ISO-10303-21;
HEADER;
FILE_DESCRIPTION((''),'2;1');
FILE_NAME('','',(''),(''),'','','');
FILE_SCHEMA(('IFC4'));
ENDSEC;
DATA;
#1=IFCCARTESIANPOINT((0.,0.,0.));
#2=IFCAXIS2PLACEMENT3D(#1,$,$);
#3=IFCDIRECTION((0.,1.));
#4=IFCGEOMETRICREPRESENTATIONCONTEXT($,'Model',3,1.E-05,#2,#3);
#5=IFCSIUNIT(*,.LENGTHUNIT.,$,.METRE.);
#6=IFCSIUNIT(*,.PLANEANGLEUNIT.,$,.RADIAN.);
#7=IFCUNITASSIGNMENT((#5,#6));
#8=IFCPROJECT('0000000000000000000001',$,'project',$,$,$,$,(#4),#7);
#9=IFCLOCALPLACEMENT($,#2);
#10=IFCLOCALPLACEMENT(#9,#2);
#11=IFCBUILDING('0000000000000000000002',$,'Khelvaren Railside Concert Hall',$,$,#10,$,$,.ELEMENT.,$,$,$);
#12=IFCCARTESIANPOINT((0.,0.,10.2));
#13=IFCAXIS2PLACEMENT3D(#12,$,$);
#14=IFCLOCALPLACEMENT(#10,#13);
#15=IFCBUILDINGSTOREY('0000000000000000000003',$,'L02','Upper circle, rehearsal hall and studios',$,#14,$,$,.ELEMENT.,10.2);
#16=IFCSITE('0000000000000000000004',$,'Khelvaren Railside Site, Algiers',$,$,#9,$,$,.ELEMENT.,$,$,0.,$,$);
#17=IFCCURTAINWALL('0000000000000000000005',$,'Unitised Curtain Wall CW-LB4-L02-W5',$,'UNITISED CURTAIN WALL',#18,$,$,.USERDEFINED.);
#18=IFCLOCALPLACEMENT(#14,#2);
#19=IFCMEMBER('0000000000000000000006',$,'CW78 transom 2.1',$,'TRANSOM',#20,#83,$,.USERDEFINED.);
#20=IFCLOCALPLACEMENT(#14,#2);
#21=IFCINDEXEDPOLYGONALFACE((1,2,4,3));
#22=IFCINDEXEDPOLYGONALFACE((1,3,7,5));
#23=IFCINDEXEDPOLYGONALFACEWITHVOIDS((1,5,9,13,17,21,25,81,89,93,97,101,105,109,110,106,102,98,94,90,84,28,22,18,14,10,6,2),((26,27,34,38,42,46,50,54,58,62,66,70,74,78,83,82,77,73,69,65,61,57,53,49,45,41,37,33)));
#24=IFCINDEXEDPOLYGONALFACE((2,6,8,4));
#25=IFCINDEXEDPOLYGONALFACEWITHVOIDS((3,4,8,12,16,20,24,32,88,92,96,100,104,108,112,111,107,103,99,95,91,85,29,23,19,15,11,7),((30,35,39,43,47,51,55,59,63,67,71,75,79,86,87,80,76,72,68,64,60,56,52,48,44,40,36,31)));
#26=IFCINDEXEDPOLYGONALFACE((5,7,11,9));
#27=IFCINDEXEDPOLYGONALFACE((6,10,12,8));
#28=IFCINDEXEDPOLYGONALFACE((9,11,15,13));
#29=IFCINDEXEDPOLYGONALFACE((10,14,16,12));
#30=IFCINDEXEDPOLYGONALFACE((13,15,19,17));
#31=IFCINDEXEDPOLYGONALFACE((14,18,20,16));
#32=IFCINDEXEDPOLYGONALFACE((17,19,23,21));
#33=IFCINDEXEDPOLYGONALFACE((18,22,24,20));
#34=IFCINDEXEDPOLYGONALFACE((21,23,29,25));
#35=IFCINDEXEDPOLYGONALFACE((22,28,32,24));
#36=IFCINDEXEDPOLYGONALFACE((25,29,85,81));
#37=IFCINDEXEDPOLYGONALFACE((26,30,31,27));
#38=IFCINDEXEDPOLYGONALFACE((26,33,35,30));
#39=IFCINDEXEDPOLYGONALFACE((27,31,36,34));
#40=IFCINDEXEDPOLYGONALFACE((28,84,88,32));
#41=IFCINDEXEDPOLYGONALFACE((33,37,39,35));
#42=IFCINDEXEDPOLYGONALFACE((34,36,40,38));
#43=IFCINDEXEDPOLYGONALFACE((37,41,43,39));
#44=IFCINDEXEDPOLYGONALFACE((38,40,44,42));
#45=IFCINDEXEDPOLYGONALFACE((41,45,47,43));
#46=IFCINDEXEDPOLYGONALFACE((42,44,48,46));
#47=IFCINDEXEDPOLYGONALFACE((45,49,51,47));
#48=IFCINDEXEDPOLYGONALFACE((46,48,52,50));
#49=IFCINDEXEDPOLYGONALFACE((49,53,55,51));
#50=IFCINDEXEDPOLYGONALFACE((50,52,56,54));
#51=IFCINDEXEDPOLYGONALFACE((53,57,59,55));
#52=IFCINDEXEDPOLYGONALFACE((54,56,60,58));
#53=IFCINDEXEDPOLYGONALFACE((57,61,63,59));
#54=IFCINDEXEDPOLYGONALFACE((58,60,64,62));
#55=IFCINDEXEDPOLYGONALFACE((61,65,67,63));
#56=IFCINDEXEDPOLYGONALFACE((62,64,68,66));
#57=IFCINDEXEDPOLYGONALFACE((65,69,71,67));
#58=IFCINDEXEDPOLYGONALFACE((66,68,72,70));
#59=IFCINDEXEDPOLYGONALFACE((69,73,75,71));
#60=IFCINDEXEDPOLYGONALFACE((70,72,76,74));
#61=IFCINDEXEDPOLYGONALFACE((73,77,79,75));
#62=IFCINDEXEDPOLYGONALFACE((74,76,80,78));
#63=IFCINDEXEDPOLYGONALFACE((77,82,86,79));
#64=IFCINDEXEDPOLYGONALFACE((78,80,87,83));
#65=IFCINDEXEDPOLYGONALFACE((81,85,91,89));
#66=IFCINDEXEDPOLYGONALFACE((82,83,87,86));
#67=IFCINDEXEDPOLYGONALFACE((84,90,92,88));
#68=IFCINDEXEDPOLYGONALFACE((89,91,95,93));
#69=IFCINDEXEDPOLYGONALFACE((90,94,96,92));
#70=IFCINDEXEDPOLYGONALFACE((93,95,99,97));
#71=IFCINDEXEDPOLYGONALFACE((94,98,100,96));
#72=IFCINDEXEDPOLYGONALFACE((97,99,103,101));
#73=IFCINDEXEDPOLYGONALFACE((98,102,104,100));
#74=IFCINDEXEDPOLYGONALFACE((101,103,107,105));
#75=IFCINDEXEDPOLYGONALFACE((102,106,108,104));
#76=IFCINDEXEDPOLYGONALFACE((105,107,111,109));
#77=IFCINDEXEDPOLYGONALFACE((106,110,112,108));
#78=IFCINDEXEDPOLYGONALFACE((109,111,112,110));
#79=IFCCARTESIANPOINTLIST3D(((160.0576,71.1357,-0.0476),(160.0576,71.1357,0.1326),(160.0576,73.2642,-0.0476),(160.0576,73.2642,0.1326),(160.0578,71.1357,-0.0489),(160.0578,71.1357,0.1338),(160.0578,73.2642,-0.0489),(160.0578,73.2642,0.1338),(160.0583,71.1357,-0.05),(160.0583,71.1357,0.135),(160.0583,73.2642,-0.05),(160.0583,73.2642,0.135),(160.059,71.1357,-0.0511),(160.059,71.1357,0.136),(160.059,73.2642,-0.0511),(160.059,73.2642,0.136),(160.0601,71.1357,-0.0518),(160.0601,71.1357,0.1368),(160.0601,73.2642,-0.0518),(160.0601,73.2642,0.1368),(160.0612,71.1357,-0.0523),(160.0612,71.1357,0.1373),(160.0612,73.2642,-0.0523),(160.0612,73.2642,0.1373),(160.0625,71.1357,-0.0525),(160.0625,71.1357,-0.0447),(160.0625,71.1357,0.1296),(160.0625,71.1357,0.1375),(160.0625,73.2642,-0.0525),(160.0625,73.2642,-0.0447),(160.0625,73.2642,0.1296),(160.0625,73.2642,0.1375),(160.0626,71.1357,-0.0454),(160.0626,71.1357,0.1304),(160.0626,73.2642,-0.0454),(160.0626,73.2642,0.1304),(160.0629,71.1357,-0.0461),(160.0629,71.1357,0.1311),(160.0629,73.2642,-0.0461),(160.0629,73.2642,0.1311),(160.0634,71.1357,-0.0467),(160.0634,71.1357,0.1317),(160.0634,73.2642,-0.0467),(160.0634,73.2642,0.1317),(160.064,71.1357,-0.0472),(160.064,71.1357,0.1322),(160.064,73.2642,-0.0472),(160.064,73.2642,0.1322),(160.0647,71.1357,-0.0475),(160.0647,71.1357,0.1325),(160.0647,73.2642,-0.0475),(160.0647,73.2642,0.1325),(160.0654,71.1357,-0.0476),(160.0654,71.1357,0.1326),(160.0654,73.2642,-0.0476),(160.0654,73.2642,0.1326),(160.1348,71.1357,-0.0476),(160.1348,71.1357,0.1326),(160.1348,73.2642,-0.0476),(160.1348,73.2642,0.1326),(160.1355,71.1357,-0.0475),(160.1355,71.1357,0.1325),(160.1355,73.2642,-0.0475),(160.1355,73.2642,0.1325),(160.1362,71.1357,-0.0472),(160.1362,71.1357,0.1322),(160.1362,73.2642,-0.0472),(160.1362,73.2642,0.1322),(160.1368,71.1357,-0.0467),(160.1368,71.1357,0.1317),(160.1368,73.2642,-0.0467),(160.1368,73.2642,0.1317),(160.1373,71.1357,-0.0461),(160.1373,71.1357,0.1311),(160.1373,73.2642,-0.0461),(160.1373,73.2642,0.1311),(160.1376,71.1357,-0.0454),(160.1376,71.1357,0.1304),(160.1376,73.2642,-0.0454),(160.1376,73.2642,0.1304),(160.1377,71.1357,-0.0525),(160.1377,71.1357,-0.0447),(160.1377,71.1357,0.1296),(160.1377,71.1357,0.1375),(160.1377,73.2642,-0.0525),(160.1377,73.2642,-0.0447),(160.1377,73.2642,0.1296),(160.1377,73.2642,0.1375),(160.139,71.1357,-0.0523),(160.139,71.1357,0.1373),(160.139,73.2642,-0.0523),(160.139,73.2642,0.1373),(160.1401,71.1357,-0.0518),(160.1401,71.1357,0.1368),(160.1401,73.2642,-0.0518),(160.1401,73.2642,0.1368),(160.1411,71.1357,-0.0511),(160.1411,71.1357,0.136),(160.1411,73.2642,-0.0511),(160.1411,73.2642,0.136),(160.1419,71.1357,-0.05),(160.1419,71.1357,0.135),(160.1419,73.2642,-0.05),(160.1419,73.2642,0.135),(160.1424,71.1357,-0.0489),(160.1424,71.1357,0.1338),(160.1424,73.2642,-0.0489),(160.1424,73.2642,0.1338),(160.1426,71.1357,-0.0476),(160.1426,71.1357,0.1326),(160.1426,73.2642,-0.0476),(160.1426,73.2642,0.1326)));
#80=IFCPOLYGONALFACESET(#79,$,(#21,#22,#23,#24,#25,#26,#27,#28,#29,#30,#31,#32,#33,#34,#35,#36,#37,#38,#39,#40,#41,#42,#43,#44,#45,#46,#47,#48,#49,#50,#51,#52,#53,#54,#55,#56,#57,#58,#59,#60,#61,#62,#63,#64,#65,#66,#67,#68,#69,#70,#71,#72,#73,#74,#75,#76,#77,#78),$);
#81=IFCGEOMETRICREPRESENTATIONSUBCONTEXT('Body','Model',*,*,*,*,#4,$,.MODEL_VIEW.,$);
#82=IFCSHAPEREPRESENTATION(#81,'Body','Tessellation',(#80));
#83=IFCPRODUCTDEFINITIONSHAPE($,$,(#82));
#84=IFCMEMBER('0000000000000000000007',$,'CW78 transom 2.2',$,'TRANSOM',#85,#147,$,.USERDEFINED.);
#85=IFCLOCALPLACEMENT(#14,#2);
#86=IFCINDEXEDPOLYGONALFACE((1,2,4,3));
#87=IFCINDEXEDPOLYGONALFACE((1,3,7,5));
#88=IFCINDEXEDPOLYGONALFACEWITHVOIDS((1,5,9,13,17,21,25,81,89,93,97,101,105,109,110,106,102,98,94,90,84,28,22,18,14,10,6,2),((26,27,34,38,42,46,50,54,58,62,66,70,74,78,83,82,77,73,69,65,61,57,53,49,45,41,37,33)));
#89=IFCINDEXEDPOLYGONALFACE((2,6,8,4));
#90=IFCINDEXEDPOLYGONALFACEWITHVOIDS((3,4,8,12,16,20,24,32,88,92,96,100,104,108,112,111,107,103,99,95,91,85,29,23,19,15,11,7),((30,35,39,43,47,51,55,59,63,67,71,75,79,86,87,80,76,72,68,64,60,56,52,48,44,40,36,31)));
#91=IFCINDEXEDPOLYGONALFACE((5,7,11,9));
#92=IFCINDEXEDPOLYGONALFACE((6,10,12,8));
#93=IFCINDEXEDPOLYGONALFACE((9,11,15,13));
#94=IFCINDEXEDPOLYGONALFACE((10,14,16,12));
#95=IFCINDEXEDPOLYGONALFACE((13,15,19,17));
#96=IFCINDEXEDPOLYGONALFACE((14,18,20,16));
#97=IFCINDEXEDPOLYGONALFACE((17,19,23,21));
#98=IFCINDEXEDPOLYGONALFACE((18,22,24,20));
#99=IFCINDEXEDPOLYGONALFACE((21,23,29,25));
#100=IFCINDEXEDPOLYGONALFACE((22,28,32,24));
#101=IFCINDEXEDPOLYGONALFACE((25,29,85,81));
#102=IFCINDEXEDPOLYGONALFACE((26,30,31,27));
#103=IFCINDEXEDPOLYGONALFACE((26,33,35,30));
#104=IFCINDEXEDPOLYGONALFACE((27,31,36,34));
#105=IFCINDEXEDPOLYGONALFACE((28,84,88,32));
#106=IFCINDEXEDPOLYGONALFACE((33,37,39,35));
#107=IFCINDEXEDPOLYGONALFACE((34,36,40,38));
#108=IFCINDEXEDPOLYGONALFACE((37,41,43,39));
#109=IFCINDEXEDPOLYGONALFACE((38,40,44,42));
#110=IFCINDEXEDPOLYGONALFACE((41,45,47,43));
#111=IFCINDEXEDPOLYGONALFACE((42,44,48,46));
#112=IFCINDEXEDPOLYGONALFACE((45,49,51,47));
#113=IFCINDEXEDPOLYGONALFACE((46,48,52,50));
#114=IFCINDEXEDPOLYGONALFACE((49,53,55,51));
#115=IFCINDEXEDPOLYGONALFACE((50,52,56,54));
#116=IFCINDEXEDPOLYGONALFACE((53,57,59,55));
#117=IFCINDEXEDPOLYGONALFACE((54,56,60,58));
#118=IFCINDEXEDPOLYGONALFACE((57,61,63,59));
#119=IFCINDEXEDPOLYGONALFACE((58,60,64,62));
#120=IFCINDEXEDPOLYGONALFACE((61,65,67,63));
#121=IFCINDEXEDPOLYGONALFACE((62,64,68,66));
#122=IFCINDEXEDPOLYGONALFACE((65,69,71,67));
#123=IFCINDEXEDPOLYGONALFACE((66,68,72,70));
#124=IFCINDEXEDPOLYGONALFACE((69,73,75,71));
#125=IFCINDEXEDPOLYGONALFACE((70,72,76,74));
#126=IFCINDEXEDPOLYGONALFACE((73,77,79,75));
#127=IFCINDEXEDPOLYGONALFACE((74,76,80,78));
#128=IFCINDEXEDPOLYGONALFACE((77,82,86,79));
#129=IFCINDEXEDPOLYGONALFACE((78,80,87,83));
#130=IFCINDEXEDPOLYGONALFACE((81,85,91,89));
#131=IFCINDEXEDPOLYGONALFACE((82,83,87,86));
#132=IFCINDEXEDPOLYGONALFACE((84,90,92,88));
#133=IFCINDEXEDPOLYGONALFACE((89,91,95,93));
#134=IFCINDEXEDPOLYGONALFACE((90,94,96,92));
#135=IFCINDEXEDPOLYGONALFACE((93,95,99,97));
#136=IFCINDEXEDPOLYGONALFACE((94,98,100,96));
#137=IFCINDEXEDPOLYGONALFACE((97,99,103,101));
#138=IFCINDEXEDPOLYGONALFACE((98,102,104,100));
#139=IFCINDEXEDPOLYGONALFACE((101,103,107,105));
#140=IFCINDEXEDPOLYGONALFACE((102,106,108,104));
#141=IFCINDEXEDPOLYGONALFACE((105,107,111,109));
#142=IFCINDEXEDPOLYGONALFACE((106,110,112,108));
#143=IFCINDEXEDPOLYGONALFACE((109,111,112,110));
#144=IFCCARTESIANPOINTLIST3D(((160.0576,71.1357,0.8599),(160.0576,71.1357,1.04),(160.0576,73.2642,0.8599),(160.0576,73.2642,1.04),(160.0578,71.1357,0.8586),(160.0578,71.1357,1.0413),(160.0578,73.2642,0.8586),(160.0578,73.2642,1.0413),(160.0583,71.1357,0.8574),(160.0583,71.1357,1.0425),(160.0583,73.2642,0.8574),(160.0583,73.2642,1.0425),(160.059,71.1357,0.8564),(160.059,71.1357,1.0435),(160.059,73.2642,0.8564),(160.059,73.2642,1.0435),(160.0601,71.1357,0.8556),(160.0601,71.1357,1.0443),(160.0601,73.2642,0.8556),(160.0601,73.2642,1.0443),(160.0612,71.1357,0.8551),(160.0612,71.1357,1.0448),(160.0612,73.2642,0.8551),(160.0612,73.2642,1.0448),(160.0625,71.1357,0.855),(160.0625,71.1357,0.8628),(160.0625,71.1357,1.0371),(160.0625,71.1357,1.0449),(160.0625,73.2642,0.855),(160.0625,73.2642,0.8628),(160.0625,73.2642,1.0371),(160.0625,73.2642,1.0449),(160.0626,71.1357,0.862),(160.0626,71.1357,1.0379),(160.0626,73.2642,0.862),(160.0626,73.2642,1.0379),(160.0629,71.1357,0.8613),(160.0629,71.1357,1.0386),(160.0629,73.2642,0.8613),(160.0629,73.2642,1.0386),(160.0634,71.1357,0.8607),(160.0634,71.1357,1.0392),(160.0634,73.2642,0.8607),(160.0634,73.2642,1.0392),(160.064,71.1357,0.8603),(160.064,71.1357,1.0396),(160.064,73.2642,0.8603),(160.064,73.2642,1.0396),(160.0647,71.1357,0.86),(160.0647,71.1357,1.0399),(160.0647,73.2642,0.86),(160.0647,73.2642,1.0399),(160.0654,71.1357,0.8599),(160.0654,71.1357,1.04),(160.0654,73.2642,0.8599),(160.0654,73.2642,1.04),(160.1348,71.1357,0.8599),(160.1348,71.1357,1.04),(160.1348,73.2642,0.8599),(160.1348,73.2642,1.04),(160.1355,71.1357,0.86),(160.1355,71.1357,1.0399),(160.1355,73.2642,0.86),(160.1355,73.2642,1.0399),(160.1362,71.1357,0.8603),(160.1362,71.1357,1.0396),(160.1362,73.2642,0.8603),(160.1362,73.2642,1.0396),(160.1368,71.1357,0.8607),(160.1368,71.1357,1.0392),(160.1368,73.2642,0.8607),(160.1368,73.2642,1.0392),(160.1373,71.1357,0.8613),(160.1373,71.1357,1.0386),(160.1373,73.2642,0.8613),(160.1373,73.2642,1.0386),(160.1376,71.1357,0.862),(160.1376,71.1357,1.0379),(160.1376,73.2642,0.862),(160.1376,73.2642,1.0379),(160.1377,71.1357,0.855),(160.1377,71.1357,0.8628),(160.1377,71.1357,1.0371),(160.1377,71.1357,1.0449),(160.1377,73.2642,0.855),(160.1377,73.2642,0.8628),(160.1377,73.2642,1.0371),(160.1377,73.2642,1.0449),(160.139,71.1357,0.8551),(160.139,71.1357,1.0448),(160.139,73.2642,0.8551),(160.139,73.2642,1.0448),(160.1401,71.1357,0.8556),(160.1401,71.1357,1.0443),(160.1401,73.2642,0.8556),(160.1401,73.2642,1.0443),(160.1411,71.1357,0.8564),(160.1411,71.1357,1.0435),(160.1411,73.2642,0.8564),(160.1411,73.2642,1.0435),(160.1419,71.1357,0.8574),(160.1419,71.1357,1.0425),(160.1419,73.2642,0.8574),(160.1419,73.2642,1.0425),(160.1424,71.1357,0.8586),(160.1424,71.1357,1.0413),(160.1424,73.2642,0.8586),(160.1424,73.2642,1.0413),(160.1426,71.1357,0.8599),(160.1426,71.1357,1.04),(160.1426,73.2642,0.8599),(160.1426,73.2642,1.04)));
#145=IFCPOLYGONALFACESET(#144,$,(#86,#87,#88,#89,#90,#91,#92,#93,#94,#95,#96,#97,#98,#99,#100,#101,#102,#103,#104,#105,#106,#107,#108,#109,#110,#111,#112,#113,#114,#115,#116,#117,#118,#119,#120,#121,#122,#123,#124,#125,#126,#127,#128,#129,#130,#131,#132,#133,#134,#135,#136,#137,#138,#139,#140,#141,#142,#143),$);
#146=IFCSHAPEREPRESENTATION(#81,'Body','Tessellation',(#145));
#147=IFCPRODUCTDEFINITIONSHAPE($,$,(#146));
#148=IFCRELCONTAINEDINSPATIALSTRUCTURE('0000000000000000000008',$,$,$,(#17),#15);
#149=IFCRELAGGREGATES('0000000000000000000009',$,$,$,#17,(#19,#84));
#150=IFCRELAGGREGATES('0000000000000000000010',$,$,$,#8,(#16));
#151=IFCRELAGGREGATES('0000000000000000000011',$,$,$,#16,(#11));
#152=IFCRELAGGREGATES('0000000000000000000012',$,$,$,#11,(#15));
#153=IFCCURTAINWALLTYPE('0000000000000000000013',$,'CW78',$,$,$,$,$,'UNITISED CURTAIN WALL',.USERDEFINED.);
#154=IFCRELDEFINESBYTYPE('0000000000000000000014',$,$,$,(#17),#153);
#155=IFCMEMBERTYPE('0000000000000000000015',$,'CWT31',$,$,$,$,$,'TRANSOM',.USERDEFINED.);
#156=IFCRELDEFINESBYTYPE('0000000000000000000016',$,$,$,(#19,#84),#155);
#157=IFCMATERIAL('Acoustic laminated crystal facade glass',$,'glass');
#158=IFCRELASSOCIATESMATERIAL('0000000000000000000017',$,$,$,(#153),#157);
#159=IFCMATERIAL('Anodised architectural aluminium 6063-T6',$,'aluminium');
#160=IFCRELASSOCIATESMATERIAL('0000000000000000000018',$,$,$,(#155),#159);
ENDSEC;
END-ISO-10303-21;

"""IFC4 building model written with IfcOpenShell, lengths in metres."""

from ifc_helpers import new_model, si_unit, direction, frame, origin, origin_2d, place, context, subcontext, project, spatial, hollow_rectangle, extrude, material, material_profile, profile_set, type_object, element, aggregate, save


model = new_model("IFC4")

# Units and contexts
model_context = context("Model", 3, precision=1e-05, world=origin(), true_north=direction((0.0, 1.0)))
body_context = subcontext(model_context, "Body", "Model", "MODEL_VIEW")
ifc_project = project(units=[si_unit("LENGTHUNIT", "METRE"), si_unit("PLANEANGLEUNIT", "RADIAN")], contexts=[model_context])

# Site, building, storey
site_placement = place(None, origin())
site = spatial("IfcSite", under=ifc_project, at=site_placement, Name="Khelvaren Railside Site, Algiers", CompositionType="ELEMENT", RefElevation=0.0)
building_placement = place(site_placement, origin())
building = spatial("IfcBuilding", under=site, at=building_placement, Name="Khelvaren Railside Concert Hall", CompositionType="ELEMENT")
storey_placement = place(building_placement, frame((0.0, 0.0, 10.2)))
storey = spatial("IfcBuildingStorey", under=building, at=storey_placement, Name="L02", Description="Upper circle, rehearsal hall and studios", CompositionType="ELEMENT", Elevation=10.2)

# Shared definitions
ifc_material_1 = material(Name="Acoustic laminated crystal facade glass", Category="glass")
curtain_wall_type = type_object("IfcCurtainWallType", Name="CW78", ElementType="UNITISED CURTAIN WALL", PredefinedType="USERDEFINED", material=ifc_material_1)
ifc_material_2 = material(Name="Anodised architectural aluminium 6063-T6", Category="aluminium")

# Curtain wall
curtain_wall_1_placement = place(storey_placement, origin())
curtain_wall_1 = element("IfcCurtainWall", 1, at=curtain_wall_1_placement, inside=storey, type_object=curtain_wall_type, Name="Unitised Curtain Wall CW-LB4-L02-W5", ObjectType="UNITISED CURTAIN WALL", PredefinedType="USERDEFINED")

# Members
ifc_material_profile_1 = material_profile(ifc_material_2, hollow_rectangle(XDim=0.085, YDim=0.1899, WallThickness=0.0049, InnerFilletRadius=0.0029, OuterFilletRadius=0.0049, at=origin_2d()), Name="CWT 85x190x5")
ifc_profile_set_1 = profile_set([ifc_material_profile_1], Name="Anodised architectural aluminium 6063-T6")
member_type_1 = type_object("IfcMemberType", Name="CWT31", ElementType="TRANSOM", PredefinedType="USERDEFINED", material=ifc_profile_set_1)
member_1_placement = place(storey_placement, frame((160.1001, 71.1357, 0.0425), z_axis=(0.0, 1.0, 0.0), x_axis=(-1.0, 0.0, 0.0)))
member_1 = element("IfcMember", 2, at=member_1_placement, type_object=member_type_1, Name="CW78 transom 2.1", ObjectType="TRANSOM", PredefinedType="USERDEFINED", context=body_context, shape_type="SweptSolid", body=[
    extrude(hollow_rectangle(XDim=0.085, YDim=0.1899, WallThickness=0.0049, InnerFilletRadius=0.0029, OuterFilletRadius=0.0049, at=origin_2d()), origin(), (0.0, 0.0, 1.0), 2.1284),
])
member_2_placement = place(storey_placement, frame((160.1001, 71.1357, 0.95), z_axis=(0.0, 1.0, 0.0), x_axis=(-1.0, 0.0, 0.0)))
member_2 = element("IfcMember", 3, at=member_2_placement, type_object=member_type_1, Name="CW78 transom 2.2", ObjectType="TRANSOM", PredefinedType="USERDEFINED", context=body_context, shape_type="SweptSolid", body=[
    extrude(hollow_rectangle(XDim=0.085, YDim=0.1899, WallThickness=0.0049, InnerFilletRadius=0.0029, OuterFilletRadius=0.0049, at=origin_2d()), origin(), (0.0, 0.0, 1.0), 2.1284),
])

aggregate(curtain_wall_1, [member_1, member_2])

save(model, "model.ifc")
